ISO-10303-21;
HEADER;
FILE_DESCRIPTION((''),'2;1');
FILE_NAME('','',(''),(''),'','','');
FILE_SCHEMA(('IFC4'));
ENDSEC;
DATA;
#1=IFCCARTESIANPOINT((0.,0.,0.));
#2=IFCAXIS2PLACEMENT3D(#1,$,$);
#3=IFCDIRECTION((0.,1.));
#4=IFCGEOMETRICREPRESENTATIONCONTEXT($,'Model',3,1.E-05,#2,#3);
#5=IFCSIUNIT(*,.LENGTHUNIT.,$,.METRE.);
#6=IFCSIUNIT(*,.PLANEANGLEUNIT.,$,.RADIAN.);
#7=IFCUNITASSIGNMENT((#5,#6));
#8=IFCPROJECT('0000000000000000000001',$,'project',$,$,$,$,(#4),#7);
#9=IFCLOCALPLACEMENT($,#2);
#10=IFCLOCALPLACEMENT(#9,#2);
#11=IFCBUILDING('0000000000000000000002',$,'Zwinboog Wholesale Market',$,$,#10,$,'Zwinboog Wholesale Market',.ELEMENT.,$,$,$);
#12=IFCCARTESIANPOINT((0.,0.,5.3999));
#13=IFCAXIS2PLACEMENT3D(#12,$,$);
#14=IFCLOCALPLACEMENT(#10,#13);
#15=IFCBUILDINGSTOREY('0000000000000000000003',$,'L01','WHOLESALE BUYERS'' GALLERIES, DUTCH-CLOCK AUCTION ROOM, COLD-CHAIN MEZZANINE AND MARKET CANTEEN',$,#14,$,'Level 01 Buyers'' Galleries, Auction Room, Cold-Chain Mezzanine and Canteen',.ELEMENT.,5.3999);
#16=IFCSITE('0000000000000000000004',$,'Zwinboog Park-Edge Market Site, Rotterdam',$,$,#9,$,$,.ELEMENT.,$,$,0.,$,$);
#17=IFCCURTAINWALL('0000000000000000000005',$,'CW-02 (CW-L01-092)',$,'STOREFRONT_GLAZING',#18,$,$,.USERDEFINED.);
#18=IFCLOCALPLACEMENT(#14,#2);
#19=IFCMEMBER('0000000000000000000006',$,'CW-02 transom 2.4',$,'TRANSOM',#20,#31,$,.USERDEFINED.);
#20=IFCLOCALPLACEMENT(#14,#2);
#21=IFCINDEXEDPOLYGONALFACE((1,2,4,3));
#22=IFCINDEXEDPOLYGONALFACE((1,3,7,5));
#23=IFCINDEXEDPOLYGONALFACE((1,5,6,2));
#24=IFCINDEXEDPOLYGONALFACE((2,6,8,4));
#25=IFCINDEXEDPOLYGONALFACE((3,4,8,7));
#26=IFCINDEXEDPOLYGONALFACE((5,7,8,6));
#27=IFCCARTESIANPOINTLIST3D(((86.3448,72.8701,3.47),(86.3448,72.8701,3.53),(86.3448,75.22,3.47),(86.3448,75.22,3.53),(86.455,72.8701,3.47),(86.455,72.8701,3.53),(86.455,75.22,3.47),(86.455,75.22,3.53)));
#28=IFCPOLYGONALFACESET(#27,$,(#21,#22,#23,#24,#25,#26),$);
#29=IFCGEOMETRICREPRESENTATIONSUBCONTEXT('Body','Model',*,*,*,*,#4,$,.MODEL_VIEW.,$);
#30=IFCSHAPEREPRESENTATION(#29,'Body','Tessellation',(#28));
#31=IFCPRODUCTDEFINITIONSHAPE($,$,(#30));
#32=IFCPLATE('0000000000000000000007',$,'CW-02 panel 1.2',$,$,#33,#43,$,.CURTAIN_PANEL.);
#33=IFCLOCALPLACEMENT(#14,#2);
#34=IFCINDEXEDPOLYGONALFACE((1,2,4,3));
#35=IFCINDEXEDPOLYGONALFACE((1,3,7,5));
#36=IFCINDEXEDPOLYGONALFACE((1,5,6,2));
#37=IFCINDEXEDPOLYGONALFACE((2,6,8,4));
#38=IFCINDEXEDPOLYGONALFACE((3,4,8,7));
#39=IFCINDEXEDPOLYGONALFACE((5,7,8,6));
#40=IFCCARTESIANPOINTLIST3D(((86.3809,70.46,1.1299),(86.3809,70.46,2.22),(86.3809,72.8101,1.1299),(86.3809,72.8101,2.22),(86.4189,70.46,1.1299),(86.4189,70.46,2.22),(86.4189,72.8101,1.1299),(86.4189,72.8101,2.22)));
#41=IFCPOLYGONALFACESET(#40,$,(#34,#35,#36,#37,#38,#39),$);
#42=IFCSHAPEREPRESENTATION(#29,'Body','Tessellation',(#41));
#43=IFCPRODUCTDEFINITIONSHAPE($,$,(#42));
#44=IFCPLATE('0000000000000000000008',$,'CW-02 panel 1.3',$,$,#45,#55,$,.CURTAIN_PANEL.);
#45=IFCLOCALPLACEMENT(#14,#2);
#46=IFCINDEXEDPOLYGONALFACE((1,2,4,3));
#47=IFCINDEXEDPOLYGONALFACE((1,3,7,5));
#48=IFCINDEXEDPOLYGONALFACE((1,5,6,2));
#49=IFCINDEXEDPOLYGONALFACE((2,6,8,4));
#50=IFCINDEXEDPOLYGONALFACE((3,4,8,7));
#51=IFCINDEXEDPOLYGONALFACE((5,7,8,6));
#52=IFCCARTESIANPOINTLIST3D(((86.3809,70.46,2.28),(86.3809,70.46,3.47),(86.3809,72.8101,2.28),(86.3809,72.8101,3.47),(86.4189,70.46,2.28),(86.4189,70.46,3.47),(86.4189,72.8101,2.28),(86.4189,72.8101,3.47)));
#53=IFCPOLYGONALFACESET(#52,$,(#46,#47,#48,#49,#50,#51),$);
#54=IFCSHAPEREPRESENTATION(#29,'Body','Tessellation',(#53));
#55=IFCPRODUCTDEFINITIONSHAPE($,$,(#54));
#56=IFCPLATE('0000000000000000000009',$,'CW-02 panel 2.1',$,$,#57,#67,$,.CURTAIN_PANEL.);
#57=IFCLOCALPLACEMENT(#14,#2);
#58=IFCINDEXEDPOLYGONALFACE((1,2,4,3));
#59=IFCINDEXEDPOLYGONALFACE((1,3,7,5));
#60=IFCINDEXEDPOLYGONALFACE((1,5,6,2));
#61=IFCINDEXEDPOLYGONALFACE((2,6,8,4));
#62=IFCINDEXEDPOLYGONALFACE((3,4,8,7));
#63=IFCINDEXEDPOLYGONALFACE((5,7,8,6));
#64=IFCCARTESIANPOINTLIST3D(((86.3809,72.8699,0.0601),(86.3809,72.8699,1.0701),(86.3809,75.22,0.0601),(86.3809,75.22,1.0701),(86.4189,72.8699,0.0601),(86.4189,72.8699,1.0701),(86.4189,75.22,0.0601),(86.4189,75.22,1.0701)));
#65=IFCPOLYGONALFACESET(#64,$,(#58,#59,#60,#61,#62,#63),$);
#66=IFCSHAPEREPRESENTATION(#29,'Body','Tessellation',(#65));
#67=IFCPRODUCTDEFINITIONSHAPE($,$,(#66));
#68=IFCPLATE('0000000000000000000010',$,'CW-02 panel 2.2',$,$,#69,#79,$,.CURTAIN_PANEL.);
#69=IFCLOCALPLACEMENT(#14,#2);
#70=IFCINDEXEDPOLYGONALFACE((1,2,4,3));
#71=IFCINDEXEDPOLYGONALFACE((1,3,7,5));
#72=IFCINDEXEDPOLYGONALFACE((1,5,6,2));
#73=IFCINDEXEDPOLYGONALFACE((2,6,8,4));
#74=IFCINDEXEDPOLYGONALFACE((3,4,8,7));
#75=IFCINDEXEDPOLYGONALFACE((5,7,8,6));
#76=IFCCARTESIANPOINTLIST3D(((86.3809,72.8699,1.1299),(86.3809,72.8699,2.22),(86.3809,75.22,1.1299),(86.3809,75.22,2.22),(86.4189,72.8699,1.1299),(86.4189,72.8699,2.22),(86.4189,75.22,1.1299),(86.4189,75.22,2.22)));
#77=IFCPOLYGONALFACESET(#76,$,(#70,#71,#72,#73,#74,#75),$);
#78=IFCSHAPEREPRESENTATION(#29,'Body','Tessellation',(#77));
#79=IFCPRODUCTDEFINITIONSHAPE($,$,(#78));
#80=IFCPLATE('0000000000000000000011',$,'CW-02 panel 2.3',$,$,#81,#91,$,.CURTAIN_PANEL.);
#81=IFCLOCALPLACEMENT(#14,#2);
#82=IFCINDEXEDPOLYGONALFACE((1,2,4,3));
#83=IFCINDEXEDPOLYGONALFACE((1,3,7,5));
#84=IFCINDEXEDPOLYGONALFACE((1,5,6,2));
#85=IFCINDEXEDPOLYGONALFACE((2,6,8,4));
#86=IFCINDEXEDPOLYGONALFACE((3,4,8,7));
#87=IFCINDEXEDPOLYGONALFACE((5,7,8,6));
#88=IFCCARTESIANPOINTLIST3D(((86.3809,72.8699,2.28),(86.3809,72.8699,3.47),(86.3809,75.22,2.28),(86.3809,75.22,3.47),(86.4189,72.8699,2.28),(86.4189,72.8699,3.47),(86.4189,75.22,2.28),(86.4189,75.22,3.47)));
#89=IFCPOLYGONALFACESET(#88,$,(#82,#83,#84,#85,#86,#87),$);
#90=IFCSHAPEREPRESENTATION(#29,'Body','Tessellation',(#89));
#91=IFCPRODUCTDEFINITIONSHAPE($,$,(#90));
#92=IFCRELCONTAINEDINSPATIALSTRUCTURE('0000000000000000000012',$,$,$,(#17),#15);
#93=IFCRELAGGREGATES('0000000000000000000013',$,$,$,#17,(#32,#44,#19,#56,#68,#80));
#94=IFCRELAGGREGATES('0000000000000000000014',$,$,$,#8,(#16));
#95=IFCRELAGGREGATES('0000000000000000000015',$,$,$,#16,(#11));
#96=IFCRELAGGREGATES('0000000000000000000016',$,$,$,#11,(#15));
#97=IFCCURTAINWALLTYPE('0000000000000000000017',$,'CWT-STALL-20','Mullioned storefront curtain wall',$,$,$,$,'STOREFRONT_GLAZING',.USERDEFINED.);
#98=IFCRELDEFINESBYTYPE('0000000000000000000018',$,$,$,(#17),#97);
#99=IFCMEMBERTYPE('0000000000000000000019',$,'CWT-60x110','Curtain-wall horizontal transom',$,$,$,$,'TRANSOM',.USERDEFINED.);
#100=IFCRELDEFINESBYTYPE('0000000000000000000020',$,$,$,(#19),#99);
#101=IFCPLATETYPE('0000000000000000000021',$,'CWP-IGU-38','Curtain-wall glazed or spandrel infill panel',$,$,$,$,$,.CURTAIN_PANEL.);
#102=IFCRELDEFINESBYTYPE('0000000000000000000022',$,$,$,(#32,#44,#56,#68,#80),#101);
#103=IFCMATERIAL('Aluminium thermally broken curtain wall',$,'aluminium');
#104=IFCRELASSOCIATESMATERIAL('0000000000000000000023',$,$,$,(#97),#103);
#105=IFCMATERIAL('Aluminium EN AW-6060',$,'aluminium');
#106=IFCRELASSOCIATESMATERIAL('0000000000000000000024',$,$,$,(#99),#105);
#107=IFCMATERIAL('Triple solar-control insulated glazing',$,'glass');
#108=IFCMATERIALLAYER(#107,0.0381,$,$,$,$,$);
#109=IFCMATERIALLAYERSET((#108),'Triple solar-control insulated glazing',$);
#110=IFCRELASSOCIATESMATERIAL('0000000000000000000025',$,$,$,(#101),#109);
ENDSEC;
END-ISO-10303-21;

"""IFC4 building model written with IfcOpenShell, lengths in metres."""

from ifc_helpers import new_model, si_unit, direction, frame, origin, origin_2d, place, context, subcontext, project, spatial, rectangle, extrude, material, layer, layer_set, material_profile, profile_set, type_object, element, aggregate, save


model = new_model("IFC4")

# Units and contexts
model_context = context("Model", 3, precision=1e-05, world=origin(), true_north=direction((0.0, 1.0)))
body_context = subcontext(model_context, "Body", "Model", "MODEL_VIEW")
ifc_project = project(units=[si_unit("LENGTHUNIT", "METRE"), si_unit("PLANEANGLEUNIT", "RADIAN")], contexts=[model_context])

# Site, building, storey
site_placement = place(None, origin())
site = spatial("IfcSite", under=ifc_project, at=site_placement, Name="Zwinboog Park-Edge Market Site, Rotterdam", CompositionType="ELEMENT", RefElevation=0.0)
building_placement = place(site_placement, origin())
building = spatial("IfcBuilding", under=site, at=building_placement, Name="Zwinboog Wholesale Market", LongName="Zwinboog Wholesale Market", CompositionType="ELEMENT")
storey_placement = place(building_placement, frame((0.0, 0.0, 5.3999)))
storey = spatial("IfcBuildingStorey", under=building, at=storey_placement, Name="L01", Description="WHOLESALE BUYERS' GALLERIES, DUTCH-CLOCK AUCTION ROOM, COLD-CHAIN MEZZANINE AND MARKET CANTEEN", LongName="Level 01 Buyers' Galleries, Auction Room, Cold-Chain Mezzanine and Canteen", CompositionType="ELEMENT", Elevation=5.3999)

# Shared definitions
ifc_material_1 = material(Name="Aluminium thermally broken curtain wall", Category="aluminium")
ifc_material_2 = material(Name="Aluminium EN AW-6060", Category="aluminium")

# Curtain wall
curtain_wall_type_1 = type_object("IfcCurtainWallType", Name="CWT-STALL-20", Description="Mullioned storefront curtain wall", ElementType="STOREFRONT_GLAZING", PredefinedType="USERDEFINED", material=ifc_material_1)
curtain_wall_1_placement = place(storey_placement, origin())
curtain_wall_1 = element("IfcCurtainWall", 1, at=curtain_wall_1_placement, inside=storey, type_object=curtain_wall_type_1, Name="CW-02 (CW-L01-092)", ObjectType="STOREFRONT_GLAZING", PredefinedType="USERDEFINED")

# Member
ifc_material_profile_1 = material_profile(ifc_material_2, rectangle(XDim=0.1101, YDim=0.0601, at=origin_2d()), Name="AL 60x110")
ifc_profile_set_1 = profile_set([ifc_material_profile_1], Name="Aluminium EN AW-6060")
member_type_1 = type_object("IfcMemberType", Name="CWT-60x110", Description="Curtain-wall horizontal transom", ElementType="TRANSOM", PredefinedType="USERDEFINED", material=ifc_profile_set_1)
member_1_placement = place(storey_placement, frame((86.3999, 72.8701, 3.5), z_axis=(0.0, 1.0, 0.0), x_axis=(-1.0, 0.0, 0.0)))
member_1 = element("IfcMember", 2, at=member_1_placement, type_object=member_type_1, Name="CW-02 transom 2.4", ObjectType="TRANSOM", PredefinedType="USERDEFINED", context=body_context, shape_type="SweptSolid", body=[
    extrude(rectangle(XDim=0.1101, YDim=0.0601, at=origin_2d()), origin(), (0.0, 0.0, 1.0), 2.3499),
])

# Plates
ifc_material_3 = material(Name="Triple solar-control insulated glazing", Category="glass")
ifc_layer = layer(ifc_material_3, 0.0381)
ifc_layer_set = layer_set([ifc_layer], Name="Triple solar-control insulated glazing")
plate_type = type_object("IfcPlateType", Name="CWP-IGU-38", Description="Curtain-wall glazed or spandrel infill panel", PredefinedType="CURTAIN_PANEL", material=ifc_layer_set)
plate_1_placement = place(storey_placement, frame((86.3999, 71.635, 1.1299), z_axis=(0.0, 0.0, 1.0), x_axis=(0.0, 1.0, 0.0)))
plate_1 = element("IfcPlate", 3, at=plate_1_placement, type_object=plate_type, Name="CW-02 panel 1.2", PredefinedType="CURTAIN_PANEL", context=body_context, shape_type="SweptSolid", body=[
    extrude(rectangle(XDim=2.3501, YDim=0.0381, at=origin_2d()), origin(), (0.0, 0.0, 1.0), 1.0901),
])
plate_2_placement = place(storey_placement, frame((86.3999, 71.635, 2.28), z_axis=(0.0, 0.0, 1.0), x_axis=(0.0, 1.0, 0.0)))
plate_2 = element("IfcPlate", 4, at=plate_2_placement, type_object=plate_type, Name="CW-02 panel 1.3", PredefinedType="CURTAIN_PANEL", context=body_context, shape_type="SweptSolid", body=[
    extrude(rectangle(XDim=2.3501, YDim=0.0381, at=origin_2d()), origin(), (0.0, 0.0, 1.0), 1.1899),
])
plate_3_placement = place(storey_placement, frame((86.3999, 74.0449, 0.0601), z_axis=(0.0, 0.0, 1.0), x_axis=(0.0, 1.0, 0.0)))
plate_3 = element("IfcPlate", 5, at=plate_3_placement, type_object=plate_type, Name="CW-02 panel 2.1", PredefinedType="CURTAIN_PANEL", context=body_context, shape_type="SweptSolid", body=[
    extrude(rectangle(XDim=2.3501, YDim=0.0381, at=origin_2d()), origin(), (0.0, 0.0, 1.0), 1.01),
])
plate_4_placement = place(storey_placement, frame((86.3999, 74.0449, 1.1299), z_axis=(0.0, 0.0, 1.0), x_axis=(0.0, 1.0, 0.0)))
plate_4 = element("IfcPlate", 6, at=plate_4_placement, type_object=plate_type, Name="CW-02 panel 2.2", PredefinedType="CURTAIN_PANEL", context=body_context, shape_type="SweptSolid", body=[
    extrude(rectangle(XDim=2.3501, YDim=0.0381, at=origin_2d()), origin(), (0.0, 0.0, 1.0), 1.0901),
])
plate_5_placement = place(storey_placement, frame((86.3999, 74.0449, 2.28), z_axis=(0.0, 0.0, 1.0), x_axis=(0.0, 1.0, 0.0)))
plate_5 = element("IfcPlate", 7, at=plate_5_placement, type_object=plate_type, Name="CW-02 panel 2.3", PredefinedType="CURTAIN_PANEL", context=body_context, shape_type="SweptSolid", body=[
    extrude(rectangle(XDim=2.3501, YDim=0.0381, at=origin_2d()), origin(), (0.0, 0.0, 1.0), 1.1899),
])
aggregate(curtain_wall_1, [plate_1, plate_2, member_1, plate_3, plate_4, plate_5])

save(model, "model.ifc")
